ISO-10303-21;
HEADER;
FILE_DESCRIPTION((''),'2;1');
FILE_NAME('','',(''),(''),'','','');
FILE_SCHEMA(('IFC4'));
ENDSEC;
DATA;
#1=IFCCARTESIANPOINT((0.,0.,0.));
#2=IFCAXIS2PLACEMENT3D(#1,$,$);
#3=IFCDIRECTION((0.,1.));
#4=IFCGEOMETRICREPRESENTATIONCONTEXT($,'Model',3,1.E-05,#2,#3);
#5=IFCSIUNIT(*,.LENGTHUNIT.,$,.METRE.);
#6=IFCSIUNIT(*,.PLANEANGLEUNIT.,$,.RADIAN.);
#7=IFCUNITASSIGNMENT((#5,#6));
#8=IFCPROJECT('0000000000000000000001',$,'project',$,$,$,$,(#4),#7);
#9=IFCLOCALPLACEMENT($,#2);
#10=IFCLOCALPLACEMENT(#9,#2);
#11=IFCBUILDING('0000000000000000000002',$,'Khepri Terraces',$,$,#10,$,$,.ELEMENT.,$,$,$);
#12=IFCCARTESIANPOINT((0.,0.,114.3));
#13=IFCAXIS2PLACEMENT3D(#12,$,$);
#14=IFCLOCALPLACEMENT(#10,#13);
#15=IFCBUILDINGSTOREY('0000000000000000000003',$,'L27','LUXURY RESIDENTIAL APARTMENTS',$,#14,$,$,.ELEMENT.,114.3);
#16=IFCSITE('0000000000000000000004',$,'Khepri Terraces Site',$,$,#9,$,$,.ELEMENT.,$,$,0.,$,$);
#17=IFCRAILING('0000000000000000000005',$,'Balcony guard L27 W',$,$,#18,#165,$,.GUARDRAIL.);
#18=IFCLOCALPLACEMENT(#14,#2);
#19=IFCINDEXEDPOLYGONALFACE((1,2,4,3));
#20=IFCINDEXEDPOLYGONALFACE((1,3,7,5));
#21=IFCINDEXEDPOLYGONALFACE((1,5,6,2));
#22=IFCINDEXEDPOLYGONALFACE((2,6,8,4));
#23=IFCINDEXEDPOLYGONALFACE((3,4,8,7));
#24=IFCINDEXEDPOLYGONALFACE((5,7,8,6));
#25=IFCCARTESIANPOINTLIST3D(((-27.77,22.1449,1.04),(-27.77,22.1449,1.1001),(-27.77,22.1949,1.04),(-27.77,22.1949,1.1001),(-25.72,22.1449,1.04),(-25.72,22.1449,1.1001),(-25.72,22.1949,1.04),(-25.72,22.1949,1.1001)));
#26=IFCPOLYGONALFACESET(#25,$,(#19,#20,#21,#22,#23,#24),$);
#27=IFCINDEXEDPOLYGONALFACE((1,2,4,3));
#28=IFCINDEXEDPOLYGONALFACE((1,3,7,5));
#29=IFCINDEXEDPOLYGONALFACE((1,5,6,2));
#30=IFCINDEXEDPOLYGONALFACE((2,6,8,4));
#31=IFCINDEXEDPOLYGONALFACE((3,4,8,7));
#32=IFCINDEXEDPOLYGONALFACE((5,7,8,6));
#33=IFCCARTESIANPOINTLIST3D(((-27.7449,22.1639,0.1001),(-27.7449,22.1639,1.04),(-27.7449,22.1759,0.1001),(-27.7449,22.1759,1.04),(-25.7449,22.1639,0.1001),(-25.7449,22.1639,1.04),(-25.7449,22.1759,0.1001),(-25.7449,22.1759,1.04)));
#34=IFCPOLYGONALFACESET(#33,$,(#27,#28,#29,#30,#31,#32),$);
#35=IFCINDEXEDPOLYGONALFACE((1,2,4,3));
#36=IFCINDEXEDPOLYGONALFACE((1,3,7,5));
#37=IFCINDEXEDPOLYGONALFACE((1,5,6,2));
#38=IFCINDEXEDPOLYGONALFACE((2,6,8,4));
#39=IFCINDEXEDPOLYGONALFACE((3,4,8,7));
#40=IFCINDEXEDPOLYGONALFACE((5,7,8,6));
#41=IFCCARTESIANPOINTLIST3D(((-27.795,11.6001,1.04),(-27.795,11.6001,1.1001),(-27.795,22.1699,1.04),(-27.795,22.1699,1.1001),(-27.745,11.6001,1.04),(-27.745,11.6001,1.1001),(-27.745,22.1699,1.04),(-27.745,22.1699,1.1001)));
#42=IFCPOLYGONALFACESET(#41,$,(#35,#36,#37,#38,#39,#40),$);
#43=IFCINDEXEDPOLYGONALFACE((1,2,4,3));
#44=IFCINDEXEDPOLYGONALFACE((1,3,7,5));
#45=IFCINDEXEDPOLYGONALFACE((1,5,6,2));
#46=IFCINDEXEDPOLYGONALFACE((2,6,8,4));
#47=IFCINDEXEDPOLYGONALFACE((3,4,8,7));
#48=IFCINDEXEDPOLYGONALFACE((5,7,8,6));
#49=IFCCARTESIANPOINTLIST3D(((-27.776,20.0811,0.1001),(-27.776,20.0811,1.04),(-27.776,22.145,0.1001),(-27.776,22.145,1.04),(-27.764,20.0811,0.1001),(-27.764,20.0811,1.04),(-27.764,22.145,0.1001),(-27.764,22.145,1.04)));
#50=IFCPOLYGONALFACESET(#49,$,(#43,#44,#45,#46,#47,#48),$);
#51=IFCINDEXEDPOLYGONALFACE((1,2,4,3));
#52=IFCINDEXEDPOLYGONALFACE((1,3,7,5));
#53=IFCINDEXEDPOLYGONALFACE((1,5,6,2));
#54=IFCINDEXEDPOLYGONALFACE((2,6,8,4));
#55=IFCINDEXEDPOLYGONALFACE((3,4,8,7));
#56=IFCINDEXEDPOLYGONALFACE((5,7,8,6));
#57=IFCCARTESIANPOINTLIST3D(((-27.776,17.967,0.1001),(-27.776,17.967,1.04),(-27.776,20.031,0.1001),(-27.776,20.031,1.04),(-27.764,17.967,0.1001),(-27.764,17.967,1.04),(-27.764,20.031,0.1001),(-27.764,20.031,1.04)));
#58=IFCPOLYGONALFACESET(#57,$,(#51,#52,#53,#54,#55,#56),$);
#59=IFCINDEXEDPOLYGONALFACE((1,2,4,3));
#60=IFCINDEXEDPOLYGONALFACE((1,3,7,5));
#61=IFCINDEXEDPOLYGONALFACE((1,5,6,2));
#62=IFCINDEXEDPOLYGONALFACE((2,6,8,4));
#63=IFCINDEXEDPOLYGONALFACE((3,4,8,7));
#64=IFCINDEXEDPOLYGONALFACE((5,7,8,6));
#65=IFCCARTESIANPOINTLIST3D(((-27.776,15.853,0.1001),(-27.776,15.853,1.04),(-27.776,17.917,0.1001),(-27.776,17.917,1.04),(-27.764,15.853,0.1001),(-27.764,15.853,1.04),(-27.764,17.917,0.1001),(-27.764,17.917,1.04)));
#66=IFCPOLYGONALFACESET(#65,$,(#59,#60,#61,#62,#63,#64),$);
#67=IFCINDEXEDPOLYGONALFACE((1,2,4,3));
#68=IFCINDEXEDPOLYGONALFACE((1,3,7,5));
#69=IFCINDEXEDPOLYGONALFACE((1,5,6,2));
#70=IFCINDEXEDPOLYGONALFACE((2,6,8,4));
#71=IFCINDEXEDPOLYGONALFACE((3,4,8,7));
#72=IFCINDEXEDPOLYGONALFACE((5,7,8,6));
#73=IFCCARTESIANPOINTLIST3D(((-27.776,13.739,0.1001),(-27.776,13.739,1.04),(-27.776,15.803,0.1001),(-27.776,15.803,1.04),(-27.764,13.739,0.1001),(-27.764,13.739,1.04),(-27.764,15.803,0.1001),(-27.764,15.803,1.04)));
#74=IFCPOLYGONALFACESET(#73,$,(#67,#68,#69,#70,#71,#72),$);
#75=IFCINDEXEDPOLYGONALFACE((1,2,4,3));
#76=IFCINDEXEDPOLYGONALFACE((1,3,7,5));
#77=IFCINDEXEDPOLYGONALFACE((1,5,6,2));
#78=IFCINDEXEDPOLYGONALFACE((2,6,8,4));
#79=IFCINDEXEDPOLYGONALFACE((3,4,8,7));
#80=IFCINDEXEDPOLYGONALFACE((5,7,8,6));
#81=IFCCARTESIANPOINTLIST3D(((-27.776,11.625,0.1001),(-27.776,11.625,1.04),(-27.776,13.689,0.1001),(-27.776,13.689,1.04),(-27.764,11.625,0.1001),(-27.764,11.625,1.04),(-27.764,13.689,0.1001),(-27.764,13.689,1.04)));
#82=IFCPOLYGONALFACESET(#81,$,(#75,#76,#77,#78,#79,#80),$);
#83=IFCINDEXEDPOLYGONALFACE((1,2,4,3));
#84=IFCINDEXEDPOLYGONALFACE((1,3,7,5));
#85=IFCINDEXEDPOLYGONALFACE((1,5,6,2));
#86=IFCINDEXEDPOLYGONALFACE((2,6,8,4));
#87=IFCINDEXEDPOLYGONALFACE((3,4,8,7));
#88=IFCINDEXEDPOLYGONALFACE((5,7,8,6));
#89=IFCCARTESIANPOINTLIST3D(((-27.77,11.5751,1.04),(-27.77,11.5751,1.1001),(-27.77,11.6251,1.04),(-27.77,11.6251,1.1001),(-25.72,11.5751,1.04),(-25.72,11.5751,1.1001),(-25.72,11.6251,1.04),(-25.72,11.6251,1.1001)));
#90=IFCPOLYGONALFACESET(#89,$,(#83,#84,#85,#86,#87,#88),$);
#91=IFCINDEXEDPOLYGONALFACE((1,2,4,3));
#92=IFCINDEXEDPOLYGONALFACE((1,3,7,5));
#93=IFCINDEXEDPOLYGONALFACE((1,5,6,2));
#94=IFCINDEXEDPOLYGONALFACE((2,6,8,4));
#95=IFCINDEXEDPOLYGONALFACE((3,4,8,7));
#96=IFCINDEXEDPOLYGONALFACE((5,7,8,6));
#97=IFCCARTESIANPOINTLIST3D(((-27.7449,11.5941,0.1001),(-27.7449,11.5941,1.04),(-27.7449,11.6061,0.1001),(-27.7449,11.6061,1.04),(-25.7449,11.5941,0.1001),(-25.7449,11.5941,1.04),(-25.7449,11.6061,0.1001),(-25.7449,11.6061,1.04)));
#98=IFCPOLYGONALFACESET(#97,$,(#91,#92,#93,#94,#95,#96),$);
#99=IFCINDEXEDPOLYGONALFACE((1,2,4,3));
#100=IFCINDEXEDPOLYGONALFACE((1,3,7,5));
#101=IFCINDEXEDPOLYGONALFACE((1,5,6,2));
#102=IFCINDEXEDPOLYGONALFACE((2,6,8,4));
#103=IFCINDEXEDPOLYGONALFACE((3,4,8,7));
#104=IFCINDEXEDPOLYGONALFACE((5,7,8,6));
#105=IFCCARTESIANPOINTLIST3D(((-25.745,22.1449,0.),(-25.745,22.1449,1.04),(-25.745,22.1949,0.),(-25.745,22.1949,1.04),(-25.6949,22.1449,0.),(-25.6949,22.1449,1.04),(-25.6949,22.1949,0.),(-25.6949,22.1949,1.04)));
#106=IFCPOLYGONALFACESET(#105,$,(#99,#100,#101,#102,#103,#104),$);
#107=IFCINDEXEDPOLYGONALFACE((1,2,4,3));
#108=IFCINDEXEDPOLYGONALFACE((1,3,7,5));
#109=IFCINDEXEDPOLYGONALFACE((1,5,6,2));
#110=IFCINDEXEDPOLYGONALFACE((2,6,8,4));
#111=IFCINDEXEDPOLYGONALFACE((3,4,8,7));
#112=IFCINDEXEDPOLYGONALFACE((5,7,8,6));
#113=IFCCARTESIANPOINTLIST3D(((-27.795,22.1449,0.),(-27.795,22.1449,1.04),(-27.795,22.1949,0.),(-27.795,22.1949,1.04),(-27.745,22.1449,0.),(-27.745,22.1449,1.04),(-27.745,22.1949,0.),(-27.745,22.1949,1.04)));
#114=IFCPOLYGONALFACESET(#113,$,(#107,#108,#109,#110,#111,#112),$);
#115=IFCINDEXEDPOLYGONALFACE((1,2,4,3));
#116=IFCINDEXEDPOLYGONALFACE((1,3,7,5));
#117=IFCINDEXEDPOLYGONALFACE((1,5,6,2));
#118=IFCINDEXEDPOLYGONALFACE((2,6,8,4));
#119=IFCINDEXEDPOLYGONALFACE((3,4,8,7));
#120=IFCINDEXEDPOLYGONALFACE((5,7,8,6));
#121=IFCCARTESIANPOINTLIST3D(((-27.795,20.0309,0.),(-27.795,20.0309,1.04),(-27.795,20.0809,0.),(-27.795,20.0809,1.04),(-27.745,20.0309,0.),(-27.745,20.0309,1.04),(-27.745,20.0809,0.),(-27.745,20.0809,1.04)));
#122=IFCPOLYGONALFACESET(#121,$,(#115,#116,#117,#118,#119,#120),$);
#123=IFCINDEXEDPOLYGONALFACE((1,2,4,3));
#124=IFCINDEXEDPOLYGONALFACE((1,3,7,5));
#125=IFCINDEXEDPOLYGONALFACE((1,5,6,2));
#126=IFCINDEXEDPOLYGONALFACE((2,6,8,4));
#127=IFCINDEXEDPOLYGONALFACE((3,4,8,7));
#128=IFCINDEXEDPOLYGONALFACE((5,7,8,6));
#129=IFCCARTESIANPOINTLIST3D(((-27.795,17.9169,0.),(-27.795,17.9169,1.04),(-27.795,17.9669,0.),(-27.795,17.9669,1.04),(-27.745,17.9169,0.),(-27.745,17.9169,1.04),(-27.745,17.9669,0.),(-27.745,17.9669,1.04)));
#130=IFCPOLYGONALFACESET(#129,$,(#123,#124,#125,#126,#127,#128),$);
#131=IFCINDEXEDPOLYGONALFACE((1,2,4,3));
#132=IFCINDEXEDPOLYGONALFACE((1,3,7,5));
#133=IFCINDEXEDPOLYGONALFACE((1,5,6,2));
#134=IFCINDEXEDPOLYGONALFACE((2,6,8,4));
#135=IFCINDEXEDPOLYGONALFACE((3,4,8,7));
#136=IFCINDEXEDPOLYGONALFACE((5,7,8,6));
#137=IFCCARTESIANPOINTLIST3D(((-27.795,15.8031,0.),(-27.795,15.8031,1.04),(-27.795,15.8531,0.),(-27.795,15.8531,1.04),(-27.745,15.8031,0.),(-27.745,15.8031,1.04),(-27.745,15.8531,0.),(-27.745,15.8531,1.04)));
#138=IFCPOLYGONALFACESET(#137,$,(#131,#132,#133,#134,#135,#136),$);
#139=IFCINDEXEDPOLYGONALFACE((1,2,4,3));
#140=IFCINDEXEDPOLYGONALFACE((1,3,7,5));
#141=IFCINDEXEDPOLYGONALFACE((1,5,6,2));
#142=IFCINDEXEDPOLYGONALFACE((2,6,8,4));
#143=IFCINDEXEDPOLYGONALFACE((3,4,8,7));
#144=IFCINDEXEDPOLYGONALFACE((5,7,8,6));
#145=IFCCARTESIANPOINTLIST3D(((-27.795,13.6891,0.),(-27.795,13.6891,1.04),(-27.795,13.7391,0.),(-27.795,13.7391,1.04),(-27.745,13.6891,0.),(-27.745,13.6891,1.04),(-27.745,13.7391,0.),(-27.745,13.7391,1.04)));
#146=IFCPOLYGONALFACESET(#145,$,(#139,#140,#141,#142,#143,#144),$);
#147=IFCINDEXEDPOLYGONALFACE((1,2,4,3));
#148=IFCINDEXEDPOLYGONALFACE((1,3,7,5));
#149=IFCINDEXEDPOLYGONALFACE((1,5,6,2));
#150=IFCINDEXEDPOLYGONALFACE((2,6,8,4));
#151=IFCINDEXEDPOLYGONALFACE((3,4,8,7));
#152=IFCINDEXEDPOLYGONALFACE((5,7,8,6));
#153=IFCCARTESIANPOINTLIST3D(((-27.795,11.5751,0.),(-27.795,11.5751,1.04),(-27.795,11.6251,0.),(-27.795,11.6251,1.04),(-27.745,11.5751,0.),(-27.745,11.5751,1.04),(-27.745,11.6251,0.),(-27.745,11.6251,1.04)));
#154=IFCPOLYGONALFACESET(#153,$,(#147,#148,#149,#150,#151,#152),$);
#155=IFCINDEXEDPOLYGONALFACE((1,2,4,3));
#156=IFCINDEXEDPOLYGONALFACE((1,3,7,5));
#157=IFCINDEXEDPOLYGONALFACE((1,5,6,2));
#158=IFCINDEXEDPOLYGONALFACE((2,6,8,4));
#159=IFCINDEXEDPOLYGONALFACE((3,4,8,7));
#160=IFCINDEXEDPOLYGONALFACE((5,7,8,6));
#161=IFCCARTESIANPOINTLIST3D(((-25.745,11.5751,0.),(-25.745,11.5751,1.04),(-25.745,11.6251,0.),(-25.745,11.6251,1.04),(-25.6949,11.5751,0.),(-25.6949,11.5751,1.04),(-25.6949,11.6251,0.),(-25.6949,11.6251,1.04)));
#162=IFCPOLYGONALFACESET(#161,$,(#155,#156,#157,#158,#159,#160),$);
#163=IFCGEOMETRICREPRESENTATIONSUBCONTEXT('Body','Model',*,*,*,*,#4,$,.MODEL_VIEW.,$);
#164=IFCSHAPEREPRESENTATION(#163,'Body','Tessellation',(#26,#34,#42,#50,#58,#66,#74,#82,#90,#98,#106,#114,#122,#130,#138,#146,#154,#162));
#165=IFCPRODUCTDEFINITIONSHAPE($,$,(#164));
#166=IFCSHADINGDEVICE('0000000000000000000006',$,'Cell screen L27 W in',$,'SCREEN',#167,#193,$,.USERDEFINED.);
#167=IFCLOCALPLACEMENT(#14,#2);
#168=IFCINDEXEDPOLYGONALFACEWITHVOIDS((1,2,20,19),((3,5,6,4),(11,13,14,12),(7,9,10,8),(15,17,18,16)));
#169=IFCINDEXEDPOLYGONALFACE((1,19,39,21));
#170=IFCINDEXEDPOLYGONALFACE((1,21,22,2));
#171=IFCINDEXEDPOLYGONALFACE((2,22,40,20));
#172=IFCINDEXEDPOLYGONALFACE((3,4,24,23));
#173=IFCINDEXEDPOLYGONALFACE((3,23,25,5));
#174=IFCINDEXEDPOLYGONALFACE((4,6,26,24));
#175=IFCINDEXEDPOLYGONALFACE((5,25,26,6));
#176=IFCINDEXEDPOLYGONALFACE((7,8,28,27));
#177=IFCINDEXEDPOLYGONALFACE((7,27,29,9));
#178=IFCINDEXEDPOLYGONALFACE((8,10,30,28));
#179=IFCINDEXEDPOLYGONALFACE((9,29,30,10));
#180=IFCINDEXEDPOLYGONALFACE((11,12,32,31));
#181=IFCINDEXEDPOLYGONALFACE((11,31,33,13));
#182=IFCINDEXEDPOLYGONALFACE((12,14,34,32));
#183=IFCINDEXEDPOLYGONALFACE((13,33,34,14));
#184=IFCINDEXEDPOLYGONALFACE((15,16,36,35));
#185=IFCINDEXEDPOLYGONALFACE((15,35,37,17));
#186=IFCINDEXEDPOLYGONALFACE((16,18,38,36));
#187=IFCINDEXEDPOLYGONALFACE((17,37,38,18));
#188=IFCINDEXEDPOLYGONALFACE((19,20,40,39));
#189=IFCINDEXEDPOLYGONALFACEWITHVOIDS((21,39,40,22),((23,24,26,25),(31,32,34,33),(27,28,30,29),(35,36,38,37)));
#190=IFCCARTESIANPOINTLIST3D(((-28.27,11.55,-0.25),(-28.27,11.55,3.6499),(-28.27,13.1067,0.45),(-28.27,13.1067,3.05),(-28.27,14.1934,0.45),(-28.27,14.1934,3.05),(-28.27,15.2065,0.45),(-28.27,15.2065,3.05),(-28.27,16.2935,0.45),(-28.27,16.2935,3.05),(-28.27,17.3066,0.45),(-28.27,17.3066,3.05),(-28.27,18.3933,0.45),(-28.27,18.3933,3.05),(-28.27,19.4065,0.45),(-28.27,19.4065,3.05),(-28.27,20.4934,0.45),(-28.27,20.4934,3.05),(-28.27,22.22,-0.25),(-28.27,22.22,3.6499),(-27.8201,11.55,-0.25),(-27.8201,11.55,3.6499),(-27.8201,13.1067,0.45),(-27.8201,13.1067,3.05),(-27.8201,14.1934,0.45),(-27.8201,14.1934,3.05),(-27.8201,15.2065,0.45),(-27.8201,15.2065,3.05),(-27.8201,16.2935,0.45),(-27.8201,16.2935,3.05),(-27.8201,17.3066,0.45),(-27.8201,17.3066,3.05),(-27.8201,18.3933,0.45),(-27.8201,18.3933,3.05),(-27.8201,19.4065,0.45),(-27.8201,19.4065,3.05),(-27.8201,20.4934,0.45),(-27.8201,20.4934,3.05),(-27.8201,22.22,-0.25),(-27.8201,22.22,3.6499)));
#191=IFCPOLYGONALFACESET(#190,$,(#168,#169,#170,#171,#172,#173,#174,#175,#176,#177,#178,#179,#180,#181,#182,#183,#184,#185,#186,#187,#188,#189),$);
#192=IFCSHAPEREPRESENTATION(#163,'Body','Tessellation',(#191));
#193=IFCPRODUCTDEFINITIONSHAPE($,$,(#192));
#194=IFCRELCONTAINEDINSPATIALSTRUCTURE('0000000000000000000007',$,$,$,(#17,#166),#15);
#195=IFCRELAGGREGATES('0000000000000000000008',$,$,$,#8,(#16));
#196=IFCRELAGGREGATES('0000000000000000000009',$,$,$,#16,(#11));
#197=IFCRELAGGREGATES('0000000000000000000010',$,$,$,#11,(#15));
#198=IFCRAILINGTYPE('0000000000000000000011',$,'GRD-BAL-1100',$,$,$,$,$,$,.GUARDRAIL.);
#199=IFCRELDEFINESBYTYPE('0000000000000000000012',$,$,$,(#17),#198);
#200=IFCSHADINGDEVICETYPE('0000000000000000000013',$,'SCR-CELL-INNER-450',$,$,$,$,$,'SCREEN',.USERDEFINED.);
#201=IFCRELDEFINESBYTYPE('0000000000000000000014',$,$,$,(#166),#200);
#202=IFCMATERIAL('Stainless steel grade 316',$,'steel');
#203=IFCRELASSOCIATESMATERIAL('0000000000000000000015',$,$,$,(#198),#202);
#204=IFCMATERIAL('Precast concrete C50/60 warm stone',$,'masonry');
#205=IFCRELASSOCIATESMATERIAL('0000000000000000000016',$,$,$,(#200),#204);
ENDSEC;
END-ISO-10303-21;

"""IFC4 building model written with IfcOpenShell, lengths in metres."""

from ifc_helpers import new_model, si_unit, direction, frame, origin, origin_2d, place, context, subcontext, project, spatial, polyline, rectangle, outline, extrude, material, type_object, element, save


model = new_model("IFC4")

# Units and contexts
model_context = context("Model", 3, precision=1e-05, world=origin(), true_north=direction((0.0, 1.0)))
body_context = subcontext(model_context, "Body", "Model", "MODEL_VIEW")
ifc_project = project(units=[si_unit("LENGTHUNIT", "METRE"), si_unit("PLANEANGLEUNIT", "RADIAN")], contexts=[model_context])

# Site, building, storey
site_placement = place(None, origin())
site = spatial("IfcSite", under=ifc_project, at=site_placement, Name="Khepri Terraces Site", CompositionType="ELEMENT", RefElevation=0.0)
building_placement = place(site_placement, origin())
building = spatial("IfcBuilding", under=site, at=building_placement, Name="Khepri Terraces", CompositionType="ELEMENT")
storey_placement = place(building_placement, frame((0.0, 0.0, 114.3)))
storey = spatial("IfcBuildingStorey", under=building, at=storey_placement, Name="L27", Description="LUXURY RESIDENTIAL APARTMENTS", CompositionType="ELEMENT", Elevation=114.3)

# Shared definitions
ifc_material_1 = material(Name="Precast concrete C50/60 warm stone", Category="masonry")

# Railing
ifc_material_2 = material(Name="Stainless steel grade 316", Category="steel")
railing_type = type_object("IfcRailingType", Name="GRD-BAL-1100", PredefinedType="GUARDRAIL", material=ifc_material_2)
railing_placement = place(storey_placement, frame((-25.72, 22.1699, 0.0)))
element("IfcRailing", 1, at=railing_placement, inside=storey, type_object=railing_type, Name="Balcony guard L27 W", PredefinedType="GUARDRAIL", context=body_context, shape_type="SweptSolid", body=[
    extrude(rectangle(XDim=0.05, YDim=0.0601, at=origin_2d()), frame((0.0, 0.0, 1.0701), z_axis=(-1.0, 0.0, 0.0), x_axis=(0.0, -1.0, 0.0)), (0.0, 0.0, 1.0), 2.05),
    extrude(rectangle(XDim=2.0, YDim=0.012, at=origin_2d()), frame((-1.0249, 0.0, 0.1001), z_axis=(0.0, 0.0, 1.0), x_axis=(-1.0, 0.0, 0.0)), (0.0, 0.0, 1.0), 0.9399),
    extrude(rectangle(XDim=0.05, YDim=0.0601, at=origin_2d()), frame((-2.05, 0.0, 1.0701), z_axis=(0.0, -1.0, 0.0), x_axis=(1.0, 0.0, 0.0)), (0.0, 0.0, 1.0), 10.5698),
    extrude(rectangle(XDim=2.064, YDim=0.012, at=origin_2d()), frame((-2.05, -1.0569, 0.1001), z_axis=(0.0, 0.0, 1.0), x_axis=(0.0, -1.0, 0.0)), (0.0, 0.0, 1.0), 0.9399),
    extrude(rectangle(XDim=2.064, YDim=0.012, at=origin_2d()), frame((-2.05, -3.1709, 0.1001), z_axis=(0.0, 0.0, 1.0), x_axis=(0.0, -1.0, 0.0)), (0.0, 0.0, 1.0), 0.9399),
    extrude(rectangle(XDim=2.064, YDim=0.012, at=origin_2d()), frame((-2.05, -5.2849, 0.1001), z_axis=(0.0, 0.0, 1.0), x_axis=(0.0, -1.0, 0.0)), (0.0, 0.0, 1.0), 0.9399),
    extrude(rectangle(XDim=2.064, YDim=0.012, at=origin_2d()), frame((-2.05, -7.3989, 0.1001), z_axis=(0.0, 0.0, 1.0), x_axis=(0.0, -1.0, 0.0)), (0.0, 0.0, 1.0), 0.9399),
    extrude(rectangle(XDim=2.064, YDim=0.012, at=origin_2d()), frame((-2.05, -9.5129, 0.1001), z_axis=(0.0, 0.0, 1.0), x_axis=(0.0, -1.0, 0.0)), (0.0, 0.0, 1.0), 0.9399),
    extrude(rectangle(XDim=0.05, YDim=0.0601, at=origin_2d()), frame((-2.05, -10.5698, 1.0701), z_axis=(1.0, 0.0, 0.0), x_axis=(0.0, 1.0, 0.0)), (0.0, 0.0, 1.0), 2.05),
    extrude(rectangle(XDim=2.0, YDim=0.012, at=origin_2d()), frame((-1.0249, -10.5698, 0.1001), z_axis=(0.0, 0.0, 1.0), x_axis=(1.0, 0.0, 0.0)), (0.0, 0.0, 1.0), 0.9399),
    extrude(rectangle(XDim=0.05, YDim=0.05, at=origin_2d()), origin(), (0.0, 0.0, 1.0), 1.04),
    extrude(rectangle(XDim=0.05, YDim=0.05, at=origin_2d()), frame((-2.05, 0.0, 0.0)), (0.0, 0.0, 1.0), 1.04),
    extrude(rectangle(XDim=0.05, YDim=0.05, at=origin_2d()), frame((-2.05, -2.114, 0.0)), (0.0, 0.0, 1.0), 1.04),
    extrude(rectangle(XDim=0.05, YDim=0.05, at=origin_2d()), frame((-2.05, -4.228, 0.0)), (0.0, 0.0, 1.0), 1.04),
    extrude(rectangle(XDim=0.05, YDim=0.05, at=origin_2d()), frame((-2.05, -6.3418, 0.0)), (0.0, 0.0, 1.0), 1.04),
    extrude(rectangle(XDim=0.05, YDim=0.05, at=origin_2d()), frame((-2.05, -8.4558, 0.0)), (0.0, 0.0, 1.0), 1.04),
    extrude(rectangle(XDim=0.05, YDim=0.05, at=origin_2d()), frame((-2.05, -10.5698, 0.0)), (0.0, 0.0, 1.0), 1.04),
    extrude(rectangle(XDim=0.05, YDim=0.05, at=origin_2d()), frame((0.0, -10.5698, 0.0)), (0.0, 0.0, 1.0), 1.04),
])

# Shading device
shading_device_type_1 = type_object("IfcShadingDeviceType", Name="SCR-CELL-INNER-450", ElementType="SCREEN", PredefinedType="USERDEFINED", material=ifc_material_1)
shading_device_1_placement = place(storey_placement, frame((-27.8201, 22.22, -0.25), z_axis=(-1.0, 0.0, 0.0), x_axis=(0.0, -1.0, 0.0)))
element("IfcShadingDevice", 2, at=shading_device_1_placement, inside=storey, type_object=shading_device_type_1, Name="Cell screen L27 W in", ObjectType="SCREEN", PredefinedType="USERDEFINED", context=body_context, shape_type="SweptSolid", body=[
    extrude(outline(polyline([(0.0, 0.0), (10.6699, 0.0), (10.6699, 3.8999), (0.0, 3.8999), (0.0, 0.0)]), holes=[polyline([(1.7266, 0.7), (2.8135, 0.7), (2.8135, 3.3), (1.7266, 3.3), (1.7266, 0.7)]), polyline([(3.8267, 0.7), (4.9133, 0.7), (4.9133, 3.3), (3.8267, 3.3), (3.8267, 0.7)]), polyline([(5.9265, 0.7), (7.0134, 0.7), (7.0134, 3.3), (5.9265, 3.3), (5.9265, 0.7)]), polyline([(8.0266, 0.7), (9.1133, 0.7), (9.1133, 3.3), (8.0266, 3.3), (8.0266, 0.7)])]), origin(), (0.0, 0.0, 1.0), 0.45),
])

save(model, "model.ifc")
